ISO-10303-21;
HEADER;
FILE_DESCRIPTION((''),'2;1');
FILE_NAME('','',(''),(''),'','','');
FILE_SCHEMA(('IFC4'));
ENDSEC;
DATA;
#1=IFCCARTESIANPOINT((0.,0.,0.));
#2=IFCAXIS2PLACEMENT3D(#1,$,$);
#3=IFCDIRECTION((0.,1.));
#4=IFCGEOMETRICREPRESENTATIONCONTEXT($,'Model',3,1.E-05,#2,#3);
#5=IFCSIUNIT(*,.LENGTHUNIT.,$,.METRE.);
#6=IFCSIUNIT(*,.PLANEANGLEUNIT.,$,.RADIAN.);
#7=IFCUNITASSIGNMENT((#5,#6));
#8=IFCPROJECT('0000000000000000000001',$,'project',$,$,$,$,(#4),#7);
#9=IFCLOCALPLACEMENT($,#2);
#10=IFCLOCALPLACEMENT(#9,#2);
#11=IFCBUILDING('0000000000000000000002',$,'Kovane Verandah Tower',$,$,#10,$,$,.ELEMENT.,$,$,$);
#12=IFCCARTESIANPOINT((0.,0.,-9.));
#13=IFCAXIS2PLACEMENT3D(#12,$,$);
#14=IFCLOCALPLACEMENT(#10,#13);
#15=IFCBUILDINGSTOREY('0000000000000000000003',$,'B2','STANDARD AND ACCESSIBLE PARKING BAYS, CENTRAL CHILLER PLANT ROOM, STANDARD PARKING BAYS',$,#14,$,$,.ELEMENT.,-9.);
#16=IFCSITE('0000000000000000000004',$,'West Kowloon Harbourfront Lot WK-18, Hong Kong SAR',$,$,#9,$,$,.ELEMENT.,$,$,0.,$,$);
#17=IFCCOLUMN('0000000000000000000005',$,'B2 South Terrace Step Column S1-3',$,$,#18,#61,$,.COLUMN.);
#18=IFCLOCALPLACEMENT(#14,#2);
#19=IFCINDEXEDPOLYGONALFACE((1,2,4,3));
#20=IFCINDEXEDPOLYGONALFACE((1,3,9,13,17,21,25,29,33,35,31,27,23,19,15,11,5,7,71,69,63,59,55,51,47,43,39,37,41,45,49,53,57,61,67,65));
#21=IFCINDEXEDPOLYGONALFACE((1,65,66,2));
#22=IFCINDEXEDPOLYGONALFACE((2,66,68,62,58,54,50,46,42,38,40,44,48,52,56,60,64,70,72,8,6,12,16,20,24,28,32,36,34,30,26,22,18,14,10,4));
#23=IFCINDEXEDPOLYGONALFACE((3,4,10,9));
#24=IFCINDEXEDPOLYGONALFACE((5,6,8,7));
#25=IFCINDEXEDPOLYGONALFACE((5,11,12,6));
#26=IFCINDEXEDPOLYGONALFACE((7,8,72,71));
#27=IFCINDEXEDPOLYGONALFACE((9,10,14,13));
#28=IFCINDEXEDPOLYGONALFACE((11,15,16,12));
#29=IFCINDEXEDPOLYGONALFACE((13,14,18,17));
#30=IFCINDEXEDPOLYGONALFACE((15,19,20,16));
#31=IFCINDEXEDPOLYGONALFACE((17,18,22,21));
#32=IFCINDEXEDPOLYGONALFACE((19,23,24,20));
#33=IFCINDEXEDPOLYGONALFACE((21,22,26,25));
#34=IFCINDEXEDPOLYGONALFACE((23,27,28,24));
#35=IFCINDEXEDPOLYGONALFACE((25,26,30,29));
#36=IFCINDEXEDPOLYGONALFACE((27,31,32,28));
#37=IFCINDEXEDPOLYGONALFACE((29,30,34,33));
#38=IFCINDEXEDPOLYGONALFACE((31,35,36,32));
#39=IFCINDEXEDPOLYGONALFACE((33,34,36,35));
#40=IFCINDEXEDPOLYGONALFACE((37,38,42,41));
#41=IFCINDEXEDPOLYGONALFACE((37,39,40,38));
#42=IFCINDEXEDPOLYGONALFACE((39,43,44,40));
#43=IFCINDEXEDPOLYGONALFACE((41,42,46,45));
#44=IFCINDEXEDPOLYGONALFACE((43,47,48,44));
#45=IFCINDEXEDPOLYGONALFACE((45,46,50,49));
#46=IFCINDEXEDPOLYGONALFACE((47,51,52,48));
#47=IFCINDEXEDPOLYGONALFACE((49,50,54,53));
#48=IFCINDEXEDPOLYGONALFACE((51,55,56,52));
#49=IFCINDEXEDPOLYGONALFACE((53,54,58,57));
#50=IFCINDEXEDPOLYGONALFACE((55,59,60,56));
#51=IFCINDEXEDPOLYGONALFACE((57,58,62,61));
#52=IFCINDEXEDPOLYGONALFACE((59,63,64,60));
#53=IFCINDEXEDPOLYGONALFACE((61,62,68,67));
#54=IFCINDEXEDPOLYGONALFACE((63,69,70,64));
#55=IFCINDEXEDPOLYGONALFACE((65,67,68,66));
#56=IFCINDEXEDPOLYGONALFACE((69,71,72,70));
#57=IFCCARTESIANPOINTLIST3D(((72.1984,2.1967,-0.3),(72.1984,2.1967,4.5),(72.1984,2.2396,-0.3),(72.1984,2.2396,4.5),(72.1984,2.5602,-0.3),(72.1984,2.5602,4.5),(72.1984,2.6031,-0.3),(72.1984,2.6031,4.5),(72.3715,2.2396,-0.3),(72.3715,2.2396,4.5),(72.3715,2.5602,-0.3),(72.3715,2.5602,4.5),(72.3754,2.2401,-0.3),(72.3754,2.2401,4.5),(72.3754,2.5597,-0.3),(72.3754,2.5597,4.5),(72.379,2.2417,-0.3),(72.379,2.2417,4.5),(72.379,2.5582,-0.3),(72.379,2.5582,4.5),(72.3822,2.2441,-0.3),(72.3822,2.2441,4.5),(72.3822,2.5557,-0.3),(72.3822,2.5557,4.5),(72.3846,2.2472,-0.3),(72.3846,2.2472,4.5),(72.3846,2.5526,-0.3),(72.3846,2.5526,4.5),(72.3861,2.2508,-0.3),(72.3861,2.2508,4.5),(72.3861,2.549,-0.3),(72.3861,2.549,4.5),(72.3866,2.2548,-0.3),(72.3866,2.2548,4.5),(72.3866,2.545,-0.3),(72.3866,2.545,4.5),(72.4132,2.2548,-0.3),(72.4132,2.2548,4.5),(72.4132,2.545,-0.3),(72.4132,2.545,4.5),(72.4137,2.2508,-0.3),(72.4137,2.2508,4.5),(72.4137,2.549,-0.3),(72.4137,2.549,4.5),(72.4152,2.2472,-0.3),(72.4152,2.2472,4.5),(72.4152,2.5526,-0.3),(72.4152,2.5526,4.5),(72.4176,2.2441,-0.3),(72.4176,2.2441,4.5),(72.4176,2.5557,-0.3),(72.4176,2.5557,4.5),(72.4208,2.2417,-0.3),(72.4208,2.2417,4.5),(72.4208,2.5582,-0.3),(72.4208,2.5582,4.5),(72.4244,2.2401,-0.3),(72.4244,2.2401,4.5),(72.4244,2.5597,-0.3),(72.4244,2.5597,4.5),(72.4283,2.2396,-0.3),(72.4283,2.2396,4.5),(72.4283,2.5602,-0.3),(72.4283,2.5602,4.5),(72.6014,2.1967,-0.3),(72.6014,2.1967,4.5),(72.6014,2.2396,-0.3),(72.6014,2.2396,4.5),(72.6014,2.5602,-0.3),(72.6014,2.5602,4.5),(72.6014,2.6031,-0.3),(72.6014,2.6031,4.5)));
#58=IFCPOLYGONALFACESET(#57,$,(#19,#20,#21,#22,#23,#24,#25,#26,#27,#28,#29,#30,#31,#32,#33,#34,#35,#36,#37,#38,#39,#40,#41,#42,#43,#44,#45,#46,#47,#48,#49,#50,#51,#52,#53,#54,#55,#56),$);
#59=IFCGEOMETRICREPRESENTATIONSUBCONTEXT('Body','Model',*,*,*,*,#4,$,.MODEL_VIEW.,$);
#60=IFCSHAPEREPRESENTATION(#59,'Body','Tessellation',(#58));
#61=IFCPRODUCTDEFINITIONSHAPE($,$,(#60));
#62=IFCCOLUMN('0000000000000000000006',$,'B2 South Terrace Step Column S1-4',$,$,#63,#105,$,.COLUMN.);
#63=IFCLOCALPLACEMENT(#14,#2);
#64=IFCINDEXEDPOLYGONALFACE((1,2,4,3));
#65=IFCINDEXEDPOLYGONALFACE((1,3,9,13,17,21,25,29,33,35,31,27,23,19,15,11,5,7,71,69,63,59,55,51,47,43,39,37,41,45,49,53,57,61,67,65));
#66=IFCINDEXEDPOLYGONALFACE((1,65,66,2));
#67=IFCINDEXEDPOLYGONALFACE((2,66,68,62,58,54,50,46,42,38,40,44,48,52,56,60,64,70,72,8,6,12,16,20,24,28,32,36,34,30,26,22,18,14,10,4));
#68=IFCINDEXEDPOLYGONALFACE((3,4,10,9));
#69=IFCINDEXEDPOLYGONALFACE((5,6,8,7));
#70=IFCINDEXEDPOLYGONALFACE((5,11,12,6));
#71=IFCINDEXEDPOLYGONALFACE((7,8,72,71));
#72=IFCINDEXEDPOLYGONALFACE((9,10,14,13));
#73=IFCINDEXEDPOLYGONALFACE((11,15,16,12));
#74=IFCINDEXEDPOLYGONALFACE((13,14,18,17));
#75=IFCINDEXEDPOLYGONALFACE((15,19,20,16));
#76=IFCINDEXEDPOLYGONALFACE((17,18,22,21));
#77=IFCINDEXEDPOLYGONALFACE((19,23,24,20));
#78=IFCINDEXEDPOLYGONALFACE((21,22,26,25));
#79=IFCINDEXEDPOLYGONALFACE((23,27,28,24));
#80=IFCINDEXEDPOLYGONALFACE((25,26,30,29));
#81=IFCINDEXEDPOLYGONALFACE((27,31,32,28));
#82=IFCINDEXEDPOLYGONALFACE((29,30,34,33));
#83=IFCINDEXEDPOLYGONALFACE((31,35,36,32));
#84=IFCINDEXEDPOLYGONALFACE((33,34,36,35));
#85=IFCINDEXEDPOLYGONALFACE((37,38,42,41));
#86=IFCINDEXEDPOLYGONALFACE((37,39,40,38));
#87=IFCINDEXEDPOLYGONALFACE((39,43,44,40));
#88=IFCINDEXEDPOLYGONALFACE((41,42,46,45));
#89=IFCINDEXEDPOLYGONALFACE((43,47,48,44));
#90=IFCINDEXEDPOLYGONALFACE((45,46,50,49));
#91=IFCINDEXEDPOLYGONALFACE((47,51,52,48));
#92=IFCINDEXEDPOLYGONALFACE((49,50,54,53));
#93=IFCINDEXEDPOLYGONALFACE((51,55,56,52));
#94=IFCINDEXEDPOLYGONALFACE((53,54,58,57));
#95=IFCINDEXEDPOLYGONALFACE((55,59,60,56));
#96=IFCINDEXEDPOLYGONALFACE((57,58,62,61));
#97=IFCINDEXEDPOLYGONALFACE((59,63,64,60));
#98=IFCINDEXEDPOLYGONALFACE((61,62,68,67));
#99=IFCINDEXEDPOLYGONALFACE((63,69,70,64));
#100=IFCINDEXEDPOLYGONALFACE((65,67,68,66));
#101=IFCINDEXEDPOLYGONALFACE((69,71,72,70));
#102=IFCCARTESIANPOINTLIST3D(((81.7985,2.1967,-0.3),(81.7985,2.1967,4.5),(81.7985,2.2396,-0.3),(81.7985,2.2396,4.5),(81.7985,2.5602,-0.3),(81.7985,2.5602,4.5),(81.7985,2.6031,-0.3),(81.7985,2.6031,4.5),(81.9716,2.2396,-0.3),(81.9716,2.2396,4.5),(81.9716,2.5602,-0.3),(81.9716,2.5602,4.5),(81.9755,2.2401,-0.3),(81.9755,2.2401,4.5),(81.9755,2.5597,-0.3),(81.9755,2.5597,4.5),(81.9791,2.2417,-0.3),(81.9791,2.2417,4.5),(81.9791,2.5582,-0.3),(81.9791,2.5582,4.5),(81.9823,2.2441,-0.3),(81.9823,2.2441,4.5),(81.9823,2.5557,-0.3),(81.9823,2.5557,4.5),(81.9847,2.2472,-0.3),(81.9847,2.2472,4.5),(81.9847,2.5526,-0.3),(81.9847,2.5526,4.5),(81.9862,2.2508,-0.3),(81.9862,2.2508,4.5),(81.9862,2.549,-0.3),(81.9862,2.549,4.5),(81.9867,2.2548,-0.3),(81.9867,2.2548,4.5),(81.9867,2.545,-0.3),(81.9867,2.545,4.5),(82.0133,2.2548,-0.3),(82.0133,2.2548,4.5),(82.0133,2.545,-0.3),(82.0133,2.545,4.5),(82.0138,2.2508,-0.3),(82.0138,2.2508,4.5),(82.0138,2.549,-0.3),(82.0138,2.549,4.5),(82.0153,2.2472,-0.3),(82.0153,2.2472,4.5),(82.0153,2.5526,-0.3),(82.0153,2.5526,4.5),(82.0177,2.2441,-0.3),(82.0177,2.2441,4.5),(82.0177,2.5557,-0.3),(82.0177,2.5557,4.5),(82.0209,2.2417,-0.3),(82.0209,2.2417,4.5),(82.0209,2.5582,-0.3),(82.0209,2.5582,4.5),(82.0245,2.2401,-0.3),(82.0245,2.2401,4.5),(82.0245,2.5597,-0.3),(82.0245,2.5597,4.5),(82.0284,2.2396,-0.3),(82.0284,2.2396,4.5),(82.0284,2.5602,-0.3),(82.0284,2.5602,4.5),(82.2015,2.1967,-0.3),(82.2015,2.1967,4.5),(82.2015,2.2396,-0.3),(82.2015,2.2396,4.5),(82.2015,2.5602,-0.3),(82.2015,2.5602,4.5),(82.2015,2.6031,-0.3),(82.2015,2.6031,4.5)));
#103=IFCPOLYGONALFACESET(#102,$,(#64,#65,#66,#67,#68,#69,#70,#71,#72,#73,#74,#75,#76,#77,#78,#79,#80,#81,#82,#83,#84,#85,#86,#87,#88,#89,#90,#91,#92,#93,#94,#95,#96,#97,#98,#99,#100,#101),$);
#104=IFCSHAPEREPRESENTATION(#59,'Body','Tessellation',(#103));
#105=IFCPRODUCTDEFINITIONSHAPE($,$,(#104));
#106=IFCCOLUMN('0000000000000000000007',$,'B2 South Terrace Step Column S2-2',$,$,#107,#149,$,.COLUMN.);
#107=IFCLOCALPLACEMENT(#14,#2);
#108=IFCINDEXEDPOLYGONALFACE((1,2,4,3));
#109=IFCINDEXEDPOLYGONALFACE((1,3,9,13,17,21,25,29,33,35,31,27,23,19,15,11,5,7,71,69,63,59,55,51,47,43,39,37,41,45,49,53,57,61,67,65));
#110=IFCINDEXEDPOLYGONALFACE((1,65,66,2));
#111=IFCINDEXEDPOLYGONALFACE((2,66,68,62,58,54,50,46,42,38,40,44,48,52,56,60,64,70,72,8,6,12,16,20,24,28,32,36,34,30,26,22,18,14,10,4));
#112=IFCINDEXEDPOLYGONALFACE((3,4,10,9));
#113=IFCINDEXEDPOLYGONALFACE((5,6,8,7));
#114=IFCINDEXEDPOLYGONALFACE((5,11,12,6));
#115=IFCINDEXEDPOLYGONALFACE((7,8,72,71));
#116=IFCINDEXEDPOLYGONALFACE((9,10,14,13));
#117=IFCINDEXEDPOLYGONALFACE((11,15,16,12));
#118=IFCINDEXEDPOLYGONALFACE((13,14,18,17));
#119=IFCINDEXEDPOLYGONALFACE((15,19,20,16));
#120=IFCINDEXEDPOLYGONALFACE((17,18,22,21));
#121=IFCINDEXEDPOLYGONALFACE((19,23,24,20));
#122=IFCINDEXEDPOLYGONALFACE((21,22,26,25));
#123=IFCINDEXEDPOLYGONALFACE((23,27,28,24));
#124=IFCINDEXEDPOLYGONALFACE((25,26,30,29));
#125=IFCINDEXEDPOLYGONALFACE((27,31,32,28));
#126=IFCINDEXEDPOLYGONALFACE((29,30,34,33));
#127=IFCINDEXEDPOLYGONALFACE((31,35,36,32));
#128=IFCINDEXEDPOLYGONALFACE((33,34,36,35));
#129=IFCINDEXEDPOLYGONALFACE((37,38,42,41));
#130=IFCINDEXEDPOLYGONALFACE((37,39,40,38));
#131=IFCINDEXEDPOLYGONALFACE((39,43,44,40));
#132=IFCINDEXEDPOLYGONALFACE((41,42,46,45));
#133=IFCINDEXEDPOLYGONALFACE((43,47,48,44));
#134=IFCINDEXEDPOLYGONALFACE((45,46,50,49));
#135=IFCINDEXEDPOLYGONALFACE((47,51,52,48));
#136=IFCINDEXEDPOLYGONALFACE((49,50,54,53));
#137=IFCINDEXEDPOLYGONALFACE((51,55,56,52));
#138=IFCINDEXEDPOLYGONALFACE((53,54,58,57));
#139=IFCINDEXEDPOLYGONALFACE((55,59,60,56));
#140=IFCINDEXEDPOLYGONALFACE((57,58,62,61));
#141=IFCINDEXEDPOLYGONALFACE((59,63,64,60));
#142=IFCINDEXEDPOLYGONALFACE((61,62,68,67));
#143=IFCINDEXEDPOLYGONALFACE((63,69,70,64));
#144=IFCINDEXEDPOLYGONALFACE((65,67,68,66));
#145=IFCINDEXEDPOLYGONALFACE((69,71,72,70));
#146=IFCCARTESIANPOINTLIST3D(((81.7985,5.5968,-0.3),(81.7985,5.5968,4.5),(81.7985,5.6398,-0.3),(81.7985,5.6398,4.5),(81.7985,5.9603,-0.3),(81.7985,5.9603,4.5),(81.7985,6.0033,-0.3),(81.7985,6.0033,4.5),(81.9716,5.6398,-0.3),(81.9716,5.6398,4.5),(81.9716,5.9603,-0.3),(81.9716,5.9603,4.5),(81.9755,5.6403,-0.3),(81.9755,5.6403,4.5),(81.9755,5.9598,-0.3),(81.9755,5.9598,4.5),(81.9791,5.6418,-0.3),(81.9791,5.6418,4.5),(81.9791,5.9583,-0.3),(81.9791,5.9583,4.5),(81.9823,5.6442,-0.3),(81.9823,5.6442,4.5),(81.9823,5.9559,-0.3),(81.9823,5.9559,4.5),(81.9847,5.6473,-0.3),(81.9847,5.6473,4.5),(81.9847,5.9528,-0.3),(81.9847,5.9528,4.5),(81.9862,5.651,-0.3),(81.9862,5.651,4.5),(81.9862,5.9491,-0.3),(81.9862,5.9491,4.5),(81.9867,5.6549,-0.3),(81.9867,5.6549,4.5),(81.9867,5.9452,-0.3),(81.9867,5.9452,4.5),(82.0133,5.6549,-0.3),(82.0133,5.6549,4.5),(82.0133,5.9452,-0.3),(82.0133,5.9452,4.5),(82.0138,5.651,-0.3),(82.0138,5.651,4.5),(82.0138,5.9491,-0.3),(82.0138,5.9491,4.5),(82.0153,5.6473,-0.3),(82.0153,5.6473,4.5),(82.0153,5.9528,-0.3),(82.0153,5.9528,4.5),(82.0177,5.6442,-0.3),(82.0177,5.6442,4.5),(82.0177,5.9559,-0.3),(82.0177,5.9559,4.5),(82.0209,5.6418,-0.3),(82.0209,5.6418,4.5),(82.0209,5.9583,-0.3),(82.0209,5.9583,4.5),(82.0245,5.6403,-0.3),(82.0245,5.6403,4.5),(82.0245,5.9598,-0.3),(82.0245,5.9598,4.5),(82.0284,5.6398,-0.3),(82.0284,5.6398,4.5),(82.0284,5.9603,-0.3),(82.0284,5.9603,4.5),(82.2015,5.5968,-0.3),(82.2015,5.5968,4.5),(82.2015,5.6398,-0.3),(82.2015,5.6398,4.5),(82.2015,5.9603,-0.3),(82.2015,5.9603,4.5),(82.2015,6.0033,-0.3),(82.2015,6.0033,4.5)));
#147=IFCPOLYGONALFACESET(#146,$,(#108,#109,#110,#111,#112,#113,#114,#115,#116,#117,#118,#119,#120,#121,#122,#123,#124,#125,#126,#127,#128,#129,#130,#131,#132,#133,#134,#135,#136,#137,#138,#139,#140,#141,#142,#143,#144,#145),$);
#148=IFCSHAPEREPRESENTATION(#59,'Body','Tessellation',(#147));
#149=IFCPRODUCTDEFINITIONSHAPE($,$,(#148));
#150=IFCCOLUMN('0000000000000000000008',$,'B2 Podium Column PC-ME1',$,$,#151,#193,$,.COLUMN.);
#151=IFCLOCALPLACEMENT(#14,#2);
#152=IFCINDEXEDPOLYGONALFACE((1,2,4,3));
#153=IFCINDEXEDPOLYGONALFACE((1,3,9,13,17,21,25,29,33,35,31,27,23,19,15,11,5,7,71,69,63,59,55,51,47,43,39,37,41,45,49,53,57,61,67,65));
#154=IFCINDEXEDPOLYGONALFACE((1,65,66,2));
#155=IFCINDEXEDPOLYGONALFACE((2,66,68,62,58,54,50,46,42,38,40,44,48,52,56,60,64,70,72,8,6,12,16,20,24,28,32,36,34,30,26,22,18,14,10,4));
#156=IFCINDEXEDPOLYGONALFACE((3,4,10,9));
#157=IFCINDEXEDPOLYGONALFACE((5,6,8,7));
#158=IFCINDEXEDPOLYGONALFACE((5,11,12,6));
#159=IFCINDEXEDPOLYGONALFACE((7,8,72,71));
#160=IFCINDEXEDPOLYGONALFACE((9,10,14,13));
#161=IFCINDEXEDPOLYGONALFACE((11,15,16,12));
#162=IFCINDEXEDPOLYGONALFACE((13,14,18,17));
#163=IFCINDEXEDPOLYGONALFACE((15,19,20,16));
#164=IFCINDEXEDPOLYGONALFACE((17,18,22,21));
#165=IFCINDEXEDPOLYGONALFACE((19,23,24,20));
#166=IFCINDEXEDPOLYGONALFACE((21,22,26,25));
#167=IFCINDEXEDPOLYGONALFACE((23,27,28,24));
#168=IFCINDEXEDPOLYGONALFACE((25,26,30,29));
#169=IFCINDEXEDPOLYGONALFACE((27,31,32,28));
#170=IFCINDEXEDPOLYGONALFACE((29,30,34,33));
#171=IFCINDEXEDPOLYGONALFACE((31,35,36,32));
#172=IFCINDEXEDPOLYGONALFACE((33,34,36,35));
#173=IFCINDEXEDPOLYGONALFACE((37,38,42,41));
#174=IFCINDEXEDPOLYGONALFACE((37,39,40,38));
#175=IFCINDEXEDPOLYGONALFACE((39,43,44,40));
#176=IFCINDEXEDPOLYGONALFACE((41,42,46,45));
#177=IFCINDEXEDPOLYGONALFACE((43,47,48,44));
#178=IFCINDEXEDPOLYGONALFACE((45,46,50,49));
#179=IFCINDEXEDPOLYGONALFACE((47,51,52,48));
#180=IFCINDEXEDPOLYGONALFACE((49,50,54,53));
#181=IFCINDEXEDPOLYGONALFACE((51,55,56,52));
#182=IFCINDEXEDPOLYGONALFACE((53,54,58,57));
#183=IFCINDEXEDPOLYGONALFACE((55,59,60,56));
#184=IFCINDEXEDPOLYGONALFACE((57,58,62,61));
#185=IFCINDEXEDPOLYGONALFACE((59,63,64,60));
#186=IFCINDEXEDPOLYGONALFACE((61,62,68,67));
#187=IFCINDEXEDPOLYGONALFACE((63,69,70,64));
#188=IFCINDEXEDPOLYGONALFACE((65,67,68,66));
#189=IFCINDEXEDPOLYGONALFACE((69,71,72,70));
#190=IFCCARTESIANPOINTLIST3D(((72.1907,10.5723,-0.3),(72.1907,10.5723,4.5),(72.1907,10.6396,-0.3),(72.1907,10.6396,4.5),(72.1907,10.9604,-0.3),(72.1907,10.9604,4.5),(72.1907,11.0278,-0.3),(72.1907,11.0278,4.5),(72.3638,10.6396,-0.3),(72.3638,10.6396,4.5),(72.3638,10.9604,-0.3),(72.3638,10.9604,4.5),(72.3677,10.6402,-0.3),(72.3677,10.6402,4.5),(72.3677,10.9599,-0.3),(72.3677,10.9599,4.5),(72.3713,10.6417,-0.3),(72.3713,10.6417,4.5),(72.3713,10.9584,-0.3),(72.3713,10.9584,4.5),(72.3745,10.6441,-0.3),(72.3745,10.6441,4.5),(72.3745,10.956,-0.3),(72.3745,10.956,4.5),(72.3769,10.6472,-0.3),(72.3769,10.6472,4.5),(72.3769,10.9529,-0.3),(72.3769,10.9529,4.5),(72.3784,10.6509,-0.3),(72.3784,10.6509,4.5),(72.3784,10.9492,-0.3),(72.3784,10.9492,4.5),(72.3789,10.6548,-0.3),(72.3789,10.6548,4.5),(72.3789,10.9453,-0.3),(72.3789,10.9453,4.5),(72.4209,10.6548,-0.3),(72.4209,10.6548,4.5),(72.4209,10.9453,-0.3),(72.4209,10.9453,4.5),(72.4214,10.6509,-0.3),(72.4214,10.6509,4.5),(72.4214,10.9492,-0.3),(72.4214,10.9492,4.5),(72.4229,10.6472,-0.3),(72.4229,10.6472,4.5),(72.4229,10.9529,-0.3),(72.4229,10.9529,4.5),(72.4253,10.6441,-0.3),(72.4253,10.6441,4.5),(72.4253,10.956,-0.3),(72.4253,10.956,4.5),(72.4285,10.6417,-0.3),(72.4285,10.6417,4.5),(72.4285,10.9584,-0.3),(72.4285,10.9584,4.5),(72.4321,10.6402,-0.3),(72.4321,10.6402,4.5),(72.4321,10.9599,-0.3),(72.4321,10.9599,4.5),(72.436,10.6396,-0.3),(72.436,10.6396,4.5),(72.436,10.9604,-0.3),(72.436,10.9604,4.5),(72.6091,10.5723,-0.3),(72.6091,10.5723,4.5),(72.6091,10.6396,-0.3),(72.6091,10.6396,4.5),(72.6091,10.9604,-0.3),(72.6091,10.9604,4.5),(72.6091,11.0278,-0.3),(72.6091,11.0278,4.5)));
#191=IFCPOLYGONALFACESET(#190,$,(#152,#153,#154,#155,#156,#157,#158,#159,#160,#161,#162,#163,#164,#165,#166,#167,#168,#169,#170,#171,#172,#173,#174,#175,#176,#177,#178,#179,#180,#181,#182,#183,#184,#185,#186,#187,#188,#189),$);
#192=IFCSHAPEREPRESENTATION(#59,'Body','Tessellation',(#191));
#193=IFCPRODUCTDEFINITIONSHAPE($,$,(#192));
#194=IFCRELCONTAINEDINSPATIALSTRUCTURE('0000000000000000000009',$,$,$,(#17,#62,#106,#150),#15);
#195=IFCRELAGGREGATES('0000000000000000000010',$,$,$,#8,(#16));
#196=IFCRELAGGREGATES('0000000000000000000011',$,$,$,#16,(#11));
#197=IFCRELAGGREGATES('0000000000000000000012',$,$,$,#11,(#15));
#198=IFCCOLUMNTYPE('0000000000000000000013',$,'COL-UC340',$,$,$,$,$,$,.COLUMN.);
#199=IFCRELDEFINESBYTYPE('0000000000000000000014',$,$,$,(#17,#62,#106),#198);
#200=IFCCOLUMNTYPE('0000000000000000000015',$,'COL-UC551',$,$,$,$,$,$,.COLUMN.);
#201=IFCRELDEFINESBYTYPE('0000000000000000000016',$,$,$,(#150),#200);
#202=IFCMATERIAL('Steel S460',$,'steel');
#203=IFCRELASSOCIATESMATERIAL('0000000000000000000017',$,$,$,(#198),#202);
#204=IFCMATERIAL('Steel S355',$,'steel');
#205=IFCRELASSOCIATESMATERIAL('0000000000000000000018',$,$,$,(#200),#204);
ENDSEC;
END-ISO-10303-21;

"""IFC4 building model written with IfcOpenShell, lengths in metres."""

from ifc_helpers import new_model, si_unit, direction, frame, origin, origin_2d, place, context, subcontext, project, spatial, i_section, extrude, material, material_profile, profile_set, type_object, element, save


model = new_model("IFC4")

# Units and contexts
model_context = context("Model", 3, precision=1e-05, world=origin(), true_north=direction((0.0, 1.0)))
body_context = subcontext(model_context, "Body", "Model", "MODEL_VIEW")
ifc_project = project(units=[si_unit("LENGTHUNIT", "METRE"), si_unit("PLANEANGLEUNIT", "RADIAN")], contexts=[model_context])

# Site, building, storey
site_placement = place(None, origin())
site = spatial("IfcSite", under=ifc_project, at=site_placement, Name="West Kowloon Harbourfront Lot WK-18, Hong Kong SAR", CompositionType="ELEMENT", RefElevation=0.0)
building_placement = place(site_placement, origin())
building = spatial("IfcBuilding", under=site, at=building_placement, Name="Kovane Verandah Tower", CompositionType="ELEMENT")
storey_placement = place(building_placement, frame((0.0, 0.0, -9.0)))
storey = spatial("IfcBuildingStorey", under=building, at=storey_placement, Name="B2", Description="STANDARD AND ACCESSIBLE PARKING BAYS, CENTRAL CHILLER PLANT ROOM, STANDARD PARKING BAYS", CompositionType="ELEMENT", Elevation=-9.0)

# Columns
ifc_material_1 = material(Name="Steel S460", Category="steel")
ifc_material_profile_1 = material_profile(ifc_material_1, i_section(OverallWidth=0.4031, OverallDepth=0.4065, WebThickness=0.0266, FlangeThickness=0.043, FilletRadius=0.0151, at=origin_2d()), Name="UC356x406x340")
ifc_profile_set_1 = profile_set([ifc_material_profile_1], Name="Steel S460")
column_type_1 = type_object("IfcColumnType", Name="COL-UC340", PredefinedType="COLUMN", material=ifc_profile_set_1)
for number, where, z_axis, x_axis, name in (
    (1, (72.3999, 2.3999, -0.3), (0.0, 0.0, 1.0), (1.0, 0.0, 0.0), "B2 South Terrace Step Column S1-3"),
    (2, (82.0, 2.3999, -0.3), (0.0, 0.0, 1.0), (1.0, 0.0, 0.0), "B2 South Terrace Step Column S1-4"),
    (3, (82.0, 5.8, -0.3), (0.0, 0.0, 1.0), (1.0, 0.0, 0.0), "B2 South Terrace Step Column S2-2"),
):
    element("IfcColumn", number, at=place(storey_placement, frame(where, z_axis=z_axis, x_axis=x_axis)), inside=storey, type_object=column_type_1, Name=name, PredefinedType="COLUMN", context=body_context, shape_type="SweptSolid", body=[
        extrude(i_section(OverallWidth=0.4031, OverallDepth=0.4065, WebThickness=0.0266, FlangeThickness=0.043, FilletRadius=0.0151, at=origin_2d()), origin(), (0.0, 0.0, 1.0), 4.8),
    ])
ifc_material_2 = material(Name="Steel S355", Category="steel")
ifc_material_profile_2 = material_profile(ifc_material_2, i_section(OverallWidth=0.4185, OverallDepth=0.4556, WebThickness=0.042, FlangeThickness=0.0674, FilletRadius=0.0151, at=origin_2d()), Name="UC356x406x551")
ifc_profile_set_2 = profile_set([ifc_material_profile_2], Name="Steel S355")
column_type_2 = type_object("IfcColumnType", Name="COL-UC551", PredefinedType="COLUMN", material=ifc_profile_set_2)
column_placement = place(storey_placement, frame((72.3999, 10.8, -0.3), z_axis=(0.0, 0.0, 1.0), x_axis=(1.0, 0.0, 0.0)))
element("IfcColumn", 4, at=column_placement, inside=storey, type_object=column_type_2, Name="B2 Podium Column PC-ME1", PredefinedType="COLUMN", context=body_context, shape_type="SweptSolid", body=[
    extrude(i_section(OverallWidth=0.4185, OverallDepth=0.4556, WebThickness=0.042, FlangeThickness=0.0674, FilletRadius=0.0151, at=origin_2d()), origin(), (0.0, 0.0, 1.0), 4.8),
])

save(model, "model.ifc")
